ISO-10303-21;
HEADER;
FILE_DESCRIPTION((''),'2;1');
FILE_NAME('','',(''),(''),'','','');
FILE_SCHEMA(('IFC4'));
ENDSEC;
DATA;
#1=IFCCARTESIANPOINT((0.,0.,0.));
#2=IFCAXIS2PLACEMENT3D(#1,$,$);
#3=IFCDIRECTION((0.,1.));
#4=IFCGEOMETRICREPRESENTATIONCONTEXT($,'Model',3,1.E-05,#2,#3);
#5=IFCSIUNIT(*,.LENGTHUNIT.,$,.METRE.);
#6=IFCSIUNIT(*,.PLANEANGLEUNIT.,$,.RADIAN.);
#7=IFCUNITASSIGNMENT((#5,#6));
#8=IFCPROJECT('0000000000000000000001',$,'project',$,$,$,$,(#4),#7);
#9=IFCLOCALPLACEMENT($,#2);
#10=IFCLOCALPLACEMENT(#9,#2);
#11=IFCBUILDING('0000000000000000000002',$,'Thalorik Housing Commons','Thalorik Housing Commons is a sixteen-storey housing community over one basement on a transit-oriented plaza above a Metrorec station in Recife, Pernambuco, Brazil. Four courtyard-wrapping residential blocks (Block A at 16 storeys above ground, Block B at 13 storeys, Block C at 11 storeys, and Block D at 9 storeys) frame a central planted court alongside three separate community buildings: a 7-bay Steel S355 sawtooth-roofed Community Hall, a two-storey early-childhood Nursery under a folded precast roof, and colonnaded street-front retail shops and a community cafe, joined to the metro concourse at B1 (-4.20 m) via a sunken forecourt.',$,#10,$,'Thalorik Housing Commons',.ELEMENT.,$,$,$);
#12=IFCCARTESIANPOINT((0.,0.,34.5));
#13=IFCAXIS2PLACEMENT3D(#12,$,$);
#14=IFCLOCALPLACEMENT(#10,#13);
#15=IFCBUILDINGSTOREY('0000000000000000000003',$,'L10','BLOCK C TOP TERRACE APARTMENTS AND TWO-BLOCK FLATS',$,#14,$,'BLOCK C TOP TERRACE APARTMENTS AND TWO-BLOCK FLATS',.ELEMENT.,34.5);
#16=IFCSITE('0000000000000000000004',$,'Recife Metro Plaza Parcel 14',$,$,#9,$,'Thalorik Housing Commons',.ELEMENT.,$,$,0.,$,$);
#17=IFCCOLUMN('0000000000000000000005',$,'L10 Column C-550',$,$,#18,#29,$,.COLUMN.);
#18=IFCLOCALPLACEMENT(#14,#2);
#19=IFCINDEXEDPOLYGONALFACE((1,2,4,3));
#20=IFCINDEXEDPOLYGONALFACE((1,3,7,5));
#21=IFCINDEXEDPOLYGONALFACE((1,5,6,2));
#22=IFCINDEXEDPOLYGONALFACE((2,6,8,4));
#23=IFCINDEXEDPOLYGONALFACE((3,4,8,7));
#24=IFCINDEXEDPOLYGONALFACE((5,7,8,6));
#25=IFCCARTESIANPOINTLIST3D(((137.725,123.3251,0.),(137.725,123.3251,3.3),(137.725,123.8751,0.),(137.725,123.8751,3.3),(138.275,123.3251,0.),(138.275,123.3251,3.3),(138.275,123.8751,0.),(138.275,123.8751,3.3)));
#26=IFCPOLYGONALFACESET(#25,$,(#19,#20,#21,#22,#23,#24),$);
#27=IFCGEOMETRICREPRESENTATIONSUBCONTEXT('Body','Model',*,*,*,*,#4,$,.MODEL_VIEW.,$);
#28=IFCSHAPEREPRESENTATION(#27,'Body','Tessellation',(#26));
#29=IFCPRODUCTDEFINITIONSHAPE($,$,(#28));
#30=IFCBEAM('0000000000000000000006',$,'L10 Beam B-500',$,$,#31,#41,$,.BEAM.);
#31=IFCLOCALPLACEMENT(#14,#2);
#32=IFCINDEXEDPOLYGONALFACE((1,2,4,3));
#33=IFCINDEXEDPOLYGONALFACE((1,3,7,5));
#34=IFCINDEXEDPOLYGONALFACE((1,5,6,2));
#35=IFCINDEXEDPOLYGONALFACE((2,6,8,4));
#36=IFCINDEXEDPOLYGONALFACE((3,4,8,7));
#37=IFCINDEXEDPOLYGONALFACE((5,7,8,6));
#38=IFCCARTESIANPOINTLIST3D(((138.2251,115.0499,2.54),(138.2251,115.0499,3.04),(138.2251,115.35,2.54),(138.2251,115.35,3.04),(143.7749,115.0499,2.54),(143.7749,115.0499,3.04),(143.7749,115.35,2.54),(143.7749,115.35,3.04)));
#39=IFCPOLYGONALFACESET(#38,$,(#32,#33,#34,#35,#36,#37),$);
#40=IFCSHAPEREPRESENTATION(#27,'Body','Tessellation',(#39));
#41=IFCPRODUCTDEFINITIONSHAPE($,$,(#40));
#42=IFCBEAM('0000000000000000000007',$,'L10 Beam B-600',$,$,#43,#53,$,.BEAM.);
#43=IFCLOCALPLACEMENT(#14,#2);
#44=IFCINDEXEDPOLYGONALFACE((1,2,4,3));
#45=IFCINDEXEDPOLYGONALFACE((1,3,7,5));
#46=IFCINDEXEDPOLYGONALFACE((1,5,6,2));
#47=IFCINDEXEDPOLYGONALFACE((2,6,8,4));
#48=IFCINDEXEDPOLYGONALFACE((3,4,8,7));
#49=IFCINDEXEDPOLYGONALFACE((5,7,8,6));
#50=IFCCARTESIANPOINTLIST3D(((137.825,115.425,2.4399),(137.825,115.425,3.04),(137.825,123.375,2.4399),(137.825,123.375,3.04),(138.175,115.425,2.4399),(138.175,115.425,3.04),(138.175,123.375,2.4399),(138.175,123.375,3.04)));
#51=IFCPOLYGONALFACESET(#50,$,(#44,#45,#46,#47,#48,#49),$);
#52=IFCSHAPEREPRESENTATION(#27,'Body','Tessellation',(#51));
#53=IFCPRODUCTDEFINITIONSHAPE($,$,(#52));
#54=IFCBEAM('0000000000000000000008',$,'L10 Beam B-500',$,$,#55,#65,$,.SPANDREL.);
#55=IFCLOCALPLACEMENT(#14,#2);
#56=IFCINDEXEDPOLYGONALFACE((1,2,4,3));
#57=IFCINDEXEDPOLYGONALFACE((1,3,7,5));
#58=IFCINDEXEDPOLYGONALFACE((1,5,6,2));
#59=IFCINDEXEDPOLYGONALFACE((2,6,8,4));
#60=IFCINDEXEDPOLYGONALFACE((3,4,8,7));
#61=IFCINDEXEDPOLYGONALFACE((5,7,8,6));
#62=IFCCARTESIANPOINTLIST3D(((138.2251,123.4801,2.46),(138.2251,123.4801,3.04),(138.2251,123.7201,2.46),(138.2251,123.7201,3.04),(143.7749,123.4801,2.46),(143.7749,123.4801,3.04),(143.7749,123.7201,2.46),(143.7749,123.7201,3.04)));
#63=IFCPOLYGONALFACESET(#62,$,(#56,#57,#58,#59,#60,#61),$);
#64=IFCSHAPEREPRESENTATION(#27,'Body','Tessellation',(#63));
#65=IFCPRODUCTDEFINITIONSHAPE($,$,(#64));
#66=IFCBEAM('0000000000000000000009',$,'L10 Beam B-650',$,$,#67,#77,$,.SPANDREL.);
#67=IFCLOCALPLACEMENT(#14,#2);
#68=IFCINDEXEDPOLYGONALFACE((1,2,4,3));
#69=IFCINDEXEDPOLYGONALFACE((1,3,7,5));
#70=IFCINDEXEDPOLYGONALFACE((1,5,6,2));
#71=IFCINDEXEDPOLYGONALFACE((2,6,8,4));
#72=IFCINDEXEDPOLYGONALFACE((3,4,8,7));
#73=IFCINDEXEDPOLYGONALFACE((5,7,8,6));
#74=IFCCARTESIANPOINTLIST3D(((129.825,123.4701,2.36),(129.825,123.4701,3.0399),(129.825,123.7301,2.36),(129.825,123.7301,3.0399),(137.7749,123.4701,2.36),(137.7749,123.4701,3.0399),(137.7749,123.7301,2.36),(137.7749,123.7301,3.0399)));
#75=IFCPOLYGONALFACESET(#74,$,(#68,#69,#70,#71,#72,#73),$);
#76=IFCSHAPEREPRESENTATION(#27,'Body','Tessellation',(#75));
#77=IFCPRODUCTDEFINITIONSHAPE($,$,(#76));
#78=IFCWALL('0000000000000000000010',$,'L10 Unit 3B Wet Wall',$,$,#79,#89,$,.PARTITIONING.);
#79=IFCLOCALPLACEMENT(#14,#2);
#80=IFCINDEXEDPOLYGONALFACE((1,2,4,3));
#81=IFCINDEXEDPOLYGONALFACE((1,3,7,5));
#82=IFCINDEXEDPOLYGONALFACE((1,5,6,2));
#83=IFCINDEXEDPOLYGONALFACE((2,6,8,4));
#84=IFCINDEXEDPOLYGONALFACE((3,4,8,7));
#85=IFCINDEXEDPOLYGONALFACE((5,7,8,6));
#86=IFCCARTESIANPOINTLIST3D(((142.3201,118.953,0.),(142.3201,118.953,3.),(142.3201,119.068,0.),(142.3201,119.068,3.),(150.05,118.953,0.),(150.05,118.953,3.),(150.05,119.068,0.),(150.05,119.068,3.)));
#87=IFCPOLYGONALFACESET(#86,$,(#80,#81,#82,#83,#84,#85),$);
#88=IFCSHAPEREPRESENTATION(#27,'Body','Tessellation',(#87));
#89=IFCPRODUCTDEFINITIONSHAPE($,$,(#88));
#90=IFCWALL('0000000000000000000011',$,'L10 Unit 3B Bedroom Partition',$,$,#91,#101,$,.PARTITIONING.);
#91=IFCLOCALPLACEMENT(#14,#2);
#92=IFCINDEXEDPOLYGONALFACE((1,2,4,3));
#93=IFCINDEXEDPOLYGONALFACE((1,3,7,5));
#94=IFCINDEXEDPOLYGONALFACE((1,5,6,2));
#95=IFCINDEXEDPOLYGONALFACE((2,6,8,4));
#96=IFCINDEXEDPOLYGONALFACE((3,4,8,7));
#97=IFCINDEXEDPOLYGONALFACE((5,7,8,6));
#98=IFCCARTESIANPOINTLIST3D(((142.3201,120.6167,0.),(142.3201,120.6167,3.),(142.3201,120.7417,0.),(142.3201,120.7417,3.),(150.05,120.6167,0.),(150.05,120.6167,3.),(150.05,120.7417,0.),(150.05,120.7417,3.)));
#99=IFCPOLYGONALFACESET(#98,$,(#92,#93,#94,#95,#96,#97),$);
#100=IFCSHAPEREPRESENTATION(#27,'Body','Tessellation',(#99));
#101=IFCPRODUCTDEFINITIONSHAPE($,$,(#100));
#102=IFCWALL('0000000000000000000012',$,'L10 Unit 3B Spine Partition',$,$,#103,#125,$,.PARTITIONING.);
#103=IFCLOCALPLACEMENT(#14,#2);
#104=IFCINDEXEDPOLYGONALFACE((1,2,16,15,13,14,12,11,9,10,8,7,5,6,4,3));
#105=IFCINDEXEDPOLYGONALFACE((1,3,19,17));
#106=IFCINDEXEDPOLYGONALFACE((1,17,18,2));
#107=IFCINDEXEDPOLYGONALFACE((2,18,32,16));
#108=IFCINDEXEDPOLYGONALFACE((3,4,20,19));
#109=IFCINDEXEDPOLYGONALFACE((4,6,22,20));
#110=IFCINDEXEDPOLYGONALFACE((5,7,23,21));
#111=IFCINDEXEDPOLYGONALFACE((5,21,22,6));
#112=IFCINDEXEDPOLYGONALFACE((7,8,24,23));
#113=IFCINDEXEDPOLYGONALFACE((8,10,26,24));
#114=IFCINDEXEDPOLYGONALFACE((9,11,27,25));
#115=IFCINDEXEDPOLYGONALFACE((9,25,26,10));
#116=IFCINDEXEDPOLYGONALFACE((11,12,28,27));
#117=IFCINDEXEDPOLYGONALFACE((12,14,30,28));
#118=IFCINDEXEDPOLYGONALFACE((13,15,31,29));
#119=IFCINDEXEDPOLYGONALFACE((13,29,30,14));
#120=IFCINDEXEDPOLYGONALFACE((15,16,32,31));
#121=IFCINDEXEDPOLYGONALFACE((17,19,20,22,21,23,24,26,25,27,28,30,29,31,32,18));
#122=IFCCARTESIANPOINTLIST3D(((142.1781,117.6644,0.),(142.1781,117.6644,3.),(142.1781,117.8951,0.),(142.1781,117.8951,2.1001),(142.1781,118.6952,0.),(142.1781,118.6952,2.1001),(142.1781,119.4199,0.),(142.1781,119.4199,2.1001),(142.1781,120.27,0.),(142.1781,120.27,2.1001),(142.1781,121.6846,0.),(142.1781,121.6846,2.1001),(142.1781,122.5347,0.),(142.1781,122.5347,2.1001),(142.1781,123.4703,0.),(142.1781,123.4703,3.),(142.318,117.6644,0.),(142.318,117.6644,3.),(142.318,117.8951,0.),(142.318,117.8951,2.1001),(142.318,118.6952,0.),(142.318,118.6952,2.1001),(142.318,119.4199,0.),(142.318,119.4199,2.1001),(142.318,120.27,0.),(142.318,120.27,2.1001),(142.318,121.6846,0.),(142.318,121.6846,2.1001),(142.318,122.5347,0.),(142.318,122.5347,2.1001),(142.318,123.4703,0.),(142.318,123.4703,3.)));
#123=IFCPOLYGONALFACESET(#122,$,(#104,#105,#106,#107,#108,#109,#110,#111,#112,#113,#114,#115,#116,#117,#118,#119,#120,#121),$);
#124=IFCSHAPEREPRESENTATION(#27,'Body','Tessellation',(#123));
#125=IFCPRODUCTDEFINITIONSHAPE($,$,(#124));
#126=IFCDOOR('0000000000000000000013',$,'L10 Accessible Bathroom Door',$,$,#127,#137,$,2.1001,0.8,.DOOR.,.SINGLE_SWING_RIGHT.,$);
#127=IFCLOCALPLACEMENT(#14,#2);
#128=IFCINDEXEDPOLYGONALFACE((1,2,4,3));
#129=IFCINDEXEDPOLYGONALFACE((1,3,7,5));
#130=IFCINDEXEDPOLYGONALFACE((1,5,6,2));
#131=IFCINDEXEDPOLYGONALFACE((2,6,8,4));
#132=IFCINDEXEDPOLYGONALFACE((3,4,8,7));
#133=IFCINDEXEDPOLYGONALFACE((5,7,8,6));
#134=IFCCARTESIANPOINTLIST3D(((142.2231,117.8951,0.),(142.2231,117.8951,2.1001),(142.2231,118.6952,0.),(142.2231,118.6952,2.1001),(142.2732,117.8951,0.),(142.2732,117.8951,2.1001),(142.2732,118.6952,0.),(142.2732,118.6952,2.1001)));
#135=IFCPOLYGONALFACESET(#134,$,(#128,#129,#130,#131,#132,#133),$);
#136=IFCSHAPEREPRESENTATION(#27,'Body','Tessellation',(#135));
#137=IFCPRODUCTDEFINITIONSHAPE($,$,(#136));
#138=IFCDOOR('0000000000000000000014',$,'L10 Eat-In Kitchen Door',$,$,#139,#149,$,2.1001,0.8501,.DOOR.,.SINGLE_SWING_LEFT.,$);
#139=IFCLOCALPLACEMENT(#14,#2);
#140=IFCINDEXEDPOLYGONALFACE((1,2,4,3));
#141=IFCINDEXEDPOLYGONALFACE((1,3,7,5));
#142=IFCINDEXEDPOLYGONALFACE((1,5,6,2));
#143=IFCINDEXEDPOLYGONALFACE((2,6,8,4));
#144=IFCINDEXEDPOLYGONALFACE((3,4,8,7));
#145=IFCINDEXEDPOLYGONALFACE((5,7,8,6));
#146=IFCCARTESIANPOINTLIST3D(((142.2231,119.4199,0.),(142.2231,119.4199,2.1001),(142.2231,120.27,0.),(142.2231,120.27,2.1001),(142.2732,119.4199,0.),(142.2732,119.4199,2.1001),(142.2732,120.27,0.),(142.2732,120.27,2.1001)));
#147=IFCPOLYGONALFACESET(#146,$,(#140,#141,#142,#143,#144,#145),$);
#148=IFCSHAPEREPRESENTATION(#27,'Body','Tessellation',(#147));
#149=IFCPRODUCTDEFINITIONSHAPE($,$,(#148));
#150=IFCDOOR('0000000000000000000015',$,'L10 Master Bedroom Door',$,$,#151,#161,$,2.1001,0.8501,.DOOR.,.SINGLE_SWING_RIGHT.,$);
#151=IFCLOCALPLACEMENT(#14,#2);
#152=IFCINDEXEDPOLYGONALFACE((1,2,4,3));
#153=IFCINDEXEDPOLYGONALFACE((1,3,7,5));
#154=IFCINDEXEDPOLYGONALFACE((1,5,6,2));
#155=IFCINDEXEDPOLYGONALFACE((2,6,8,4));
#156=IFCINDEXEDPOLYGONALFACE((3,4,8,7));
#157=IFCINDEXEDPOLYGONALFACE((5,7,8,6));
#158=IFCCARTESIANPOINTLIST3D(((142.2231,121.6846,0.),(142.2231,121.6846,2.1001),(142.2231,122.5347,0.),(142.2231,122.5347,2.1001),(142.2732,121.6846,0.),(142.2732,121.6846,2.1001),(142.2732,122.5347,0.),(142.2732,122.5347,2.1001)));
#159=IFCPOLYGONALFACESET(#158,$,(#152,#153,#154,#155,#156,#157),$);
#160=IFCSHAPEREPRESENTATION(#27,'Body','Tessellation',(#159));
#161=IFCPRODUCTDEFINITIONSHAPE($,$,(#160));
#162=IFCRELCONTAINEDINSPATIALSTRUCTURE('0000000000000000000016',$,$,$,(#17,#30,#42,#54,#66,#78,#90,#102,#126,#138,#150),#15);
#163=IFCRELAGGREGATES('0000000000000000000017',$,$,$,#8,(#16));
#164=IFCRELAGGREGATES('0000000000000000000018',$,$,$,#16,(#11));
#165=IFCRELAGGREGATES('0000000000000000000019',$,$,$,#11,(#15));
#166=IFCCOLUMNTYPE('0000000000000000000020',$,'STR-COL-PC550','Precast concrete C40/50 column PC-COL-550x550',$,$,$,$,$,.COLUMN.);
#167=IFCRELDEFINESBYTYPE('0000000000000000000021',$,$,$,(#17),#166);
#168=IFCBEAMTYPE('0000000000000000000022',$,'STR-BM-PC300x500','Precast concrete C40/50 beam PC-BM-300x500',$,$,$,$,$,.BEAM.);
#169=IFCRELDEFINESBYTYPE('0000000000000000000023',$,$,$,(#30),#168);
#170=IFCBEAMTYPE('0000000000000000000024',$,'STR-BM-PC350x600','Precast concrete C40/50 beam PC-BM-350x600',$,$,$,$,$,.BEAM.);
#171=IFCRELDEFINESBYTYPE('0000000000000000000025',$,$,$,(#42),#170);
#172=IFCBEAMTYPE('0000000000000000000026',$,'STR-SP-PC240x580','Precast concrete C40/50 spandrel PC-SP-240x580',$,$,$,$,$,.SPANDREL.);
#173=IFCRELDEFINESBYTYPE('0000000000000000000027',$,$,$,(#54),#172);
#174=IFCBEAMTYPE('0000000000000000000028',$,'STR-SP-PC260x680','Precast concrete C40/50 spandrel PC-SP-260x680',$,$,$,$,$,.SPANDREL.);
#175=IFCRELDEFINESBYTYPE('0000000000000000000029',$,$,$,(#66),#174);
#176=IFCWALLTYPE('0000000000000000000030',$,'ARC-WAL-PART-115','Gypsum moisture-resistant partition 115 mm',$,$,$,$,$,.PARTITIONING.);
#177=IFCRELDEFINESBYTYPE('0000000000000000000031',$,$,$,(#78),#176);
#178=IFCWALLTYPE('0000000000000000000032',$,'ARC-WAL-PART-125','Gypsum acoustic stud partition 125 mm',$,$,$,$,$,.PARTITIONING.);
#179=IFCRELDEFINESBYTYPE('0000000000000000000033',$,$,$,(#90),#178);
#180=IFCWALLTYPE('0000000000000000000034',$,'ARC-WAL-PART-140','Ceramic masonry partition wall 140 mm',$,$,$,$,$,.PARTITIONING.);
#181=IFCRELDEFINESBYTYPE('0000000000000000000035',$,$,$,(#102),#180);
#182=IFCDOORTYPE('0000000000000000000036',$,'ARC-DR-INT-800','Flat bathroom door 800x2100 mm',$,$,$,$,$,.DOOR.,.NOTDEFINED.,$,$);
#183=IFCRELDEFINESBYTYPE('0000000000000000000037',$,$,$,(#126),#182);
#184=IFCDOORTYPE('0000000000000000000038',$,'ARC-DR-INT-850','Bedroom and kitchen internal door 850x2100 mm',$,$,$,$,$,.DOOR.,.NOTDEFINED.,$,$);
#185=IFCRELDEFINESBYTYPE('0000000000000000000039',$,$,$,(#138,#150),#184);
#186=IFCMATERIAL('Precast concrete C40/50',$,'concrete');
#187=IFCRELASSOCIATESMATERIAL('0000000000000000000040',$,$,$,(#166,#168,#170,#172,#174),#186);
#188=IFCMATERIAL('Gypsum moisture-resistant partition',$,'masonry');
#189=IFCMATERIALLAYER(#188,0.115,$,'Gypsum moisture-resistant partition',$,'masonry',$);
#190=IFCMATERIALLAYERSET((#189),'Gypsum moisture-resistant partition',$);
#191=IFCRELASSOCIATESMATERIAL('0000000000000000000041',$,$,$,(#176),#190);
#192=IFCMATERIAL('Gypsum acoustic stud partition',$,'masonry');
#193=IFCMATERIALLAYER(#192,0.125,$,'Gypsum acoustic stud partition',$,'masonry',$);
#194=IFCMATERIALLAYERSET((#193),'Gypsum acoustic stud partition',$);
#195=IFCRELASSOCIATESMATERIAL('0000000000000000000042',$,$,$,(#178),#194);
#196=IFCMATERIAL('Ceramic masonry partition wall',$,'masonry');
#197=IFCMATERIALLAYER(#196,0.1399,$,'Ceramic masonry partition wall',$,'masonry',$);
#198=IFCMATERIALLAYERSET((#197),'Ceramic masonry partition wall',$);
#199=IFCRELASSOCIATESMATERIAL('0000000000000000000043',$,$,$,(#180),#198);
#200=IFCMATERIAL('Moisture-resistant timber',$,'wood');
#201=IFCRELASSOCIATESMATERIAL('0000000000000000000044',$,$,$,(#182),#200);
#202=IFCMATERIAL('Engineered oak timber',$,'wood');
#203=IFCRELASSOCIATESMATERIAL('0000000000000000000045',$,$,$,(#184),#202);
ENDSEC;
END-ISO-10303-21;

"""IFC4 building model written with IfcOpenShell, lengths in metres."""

from ifc_helpers import new_model, si_unit, direction, frame, frame_2d, origin, origin_2d, place, context, subcontext, project, spatial, rectangle, extrude, material, layer, layer_set, material_profile, profile_set, type_object, element, fill, save


model = new_model("IFC4")

# Units and contexts
model_context = context("Model", 3, precision=1e-05, world=origin(), true_north=direction((0.0, 1.0)))
body_context = subcontext(model_context, "Body", "Model", "MODEL_VIEW")
ifc_project = project(units=[si_unit("LENGTHUNIT", "METRE"), si_unit("PLANEANGLEUNIT", "RADIAN")], contexts=[model_context])

# Site, building, storey
site_placement = place(None, origin())
site = spatial("IfcSite", under=ifc_project, at=site_placement, Name="Recife Metro Plaza Parcel 14", LongName="Thalorik Housing Commons", CompositionType="ELEMENT", RefElevation=0.0)
building_placement = place(site_placement, origin())
building = spatial("IfcBuilding", under=site, at=building_placement, Name="Thalorik Housing Commons", Description="Thalorik Housing Commons is a sixteen-storey housing community over one basement on a transit-oriented plaza above a Metrorec station in Recife, Pernambuco, Brazil. Four courtyard-wrapping residential blocks (Block A at 16 storeys above ground, Block B at 13 storeys, Block C at 11 storeys, and Block D at 9 storeys) frame a central planted court alongside three separate community buildings: a 7-bay Steel S355 sawtooth-roofed Community Hall, a two-storey early-childhood Nursery under a folded precast roof, and colonnaded street-front retail shops and a community cafe, joined to the metro concourse at B1 (-4.20 m) via a sunken forecourt.", LongName="Thalorik Housing Commons", CompositionType="ELEMENT")
storey_placement = place(building_placement, frame((0.0, 0.0, 34.5)))
storey = spatial("IfcBuildingStorey", under=building, at=storey_placement, Name="L10", Description="BLOCK C TOP TERRACE APARTMENTS AND TWO-BLOCK FLATS", LongName="BLOCK C TOP TERRACE APARTMENTS AND TWO-BLOCK FLATS", CompositionType="ELEMENT", Elevation=34.5)

# Column
ifc_material_1 = material(Name="Precast concrete C40/50", Category="concrete")
ifc_material_profile_1 = material_profile(ifc_material_1, rectangle(XDim=0.55, YDim=0.55, at=origin_2d()), Name="PC 550x550", Category="concrete")
ifc_profile_set_1 = profile_set([ifc_material_profile_1], Name="Precast concrete C40/50")
column_type = type_object("IfcColumnType", Name="STR-COL-PC550", Description="Precast concrete C40/50 column PC-COL-550x550", PredefinedType="COLUMN", material=ifc_profile_set_1)
column_placement = place(storey_placement, frame((138.0, 123.6001, 0.0), z_axis=(0.0, 0.0, 1.0), x_axis=(1.0, 0.0, 0.0)))
element("IfcColumn", 1, at=column_placement, inside=storey, type_object=column_type, Name="L10 Column C-550", PredefinedType="COLUMN", context=body_context, shape_type="SweptSolid", body=[
    extrude(rectangle(XDim=0.55, YDim=0.55, at=origin_2d()), origin(), (0.0, 0.0, 1.0), 3.3),
])

# Beams
ifc_material_profile_2 = material_profile(ifc_material_1, rectangle(XDim=0.3, YDim=0.5, at=origin_2d()), Name="PC 300x500", Category="concrete")
ifc_profile_set_2 = profile_set([ifc_material_profile_2], Name="Precast concrete C40/50")
beam_type_1 = type_object("IfcBeamType", Name="STR-BM-PC300x500", Description="Precast concrete C40/50 beam PC-BM-300x500", PredefinedType="BEAM", material=ifc_profile_set_2)
beam_1_placement = place(storey_placement, frame((138.2251, 115.2, 2.79), z_axis=(1.0, 0.0, 0.0), x_axis=(0.0, 1.0, 0.0)))
element("IfcBeam", 2, at=beam_1_placement, inside=storey, type_object=beam_type_1, Name="L10 Beam B-500", PredefinedType="BEAM", context=body_context, shape_type="SweptSolid", body=[
    extrude(rectangle(XDim=0.3, YDim=0.5, at=origin_2d()), origin(), (0.0, 0.0, 1.0), 5.5498),
])
ifc_material_profile_3 = material_profile(ifc_material_1, rectangle(XDim=0.3501, YDim=0.6001, at=origin_2d()), Name="PC 350x600", Category="concrete")
ifc_profile_set_3 = profile_set([ifc_material_profile_3], Name="Precast concrete C40/50")
beam_type_2 = type_object("IfcBeamType", Name="STR-BM-PC350x600", Description="Precast concrete C40/50 beam PC-BM-350x600", PredefinedType="BEAM", material=ifc_profile_set_3)
beam_2_placement = place(storey_placement, frame((138.0, 115.425, 2.74), z_axis=(0.0, 1.0, 0.0), x_axis=(-1.0, 0.0, 0.0)))
element("IfcBeam", 3, at=beam_2_placement, inside=storey, type_object=beam_type_2, Name="L10 Beam B-600", PredefinedType="BEAM", context=body_context, shape_type="SweptSolid", body=[
    extrude(rectangle(XDim=0.3501, YDim=0.6001, at=origin_2d()), origin(), (0.0, 0.0, 1.0), 7.95),
])
ifc_material_profile_4 = material_profile(ifc_material_1, rectangle(XDim=0.24, YDim=0.5801, at=origin_2d()), Name="PC SP 240x580", Category="concrete")
ifc_profile_set_4 = profile_set([ifc_material_profile_4], Name="Precast concrete C40/50")
beam_type_3 = type_object("IfcBeamType", Name="STR-SP-PC240x580", Description="Precast concrete C40/50 spandrel PC-SP-240x580", PredefinedType="SPANDREL", material=ifc_profile_set_4)
beam_3_placement = place(storey_placement, frame((138.2251, 123.6001, 2.75), z_axis=(1.0, 0.0, 0.0), x_axis=(0.0, 1.0, 0.0)))
element("IfcBeam", 4, at=beam_3_placement, inside=storey, type_object=beam_type_3, Name="L10 Beam B-500", PredefinedType="SPANDREL", context=body_context, shape_type="SweptSolid", body=[
    extrude(rectangle(XDim=0.24, YDim=0.5801, at=origin_2d()), origin(), (0.0, 0.0, 1.0), 5.5498),
])
ifc_material_profile_5 = material_profile(ifc_material_1, rectangle(XDim=0.26, YDim=0.6799, at=origin_2d()), Name="PC SP 260x680", Category="concrete")
ifc_profile_set_5 = profile_set([ifc_material_profile_5], Name="Precast concrete C40/50")
beam_type_4 = type_object("IfcBeamType", Name="STR-SP-PC260x680", Description="Precast concrete C40/50 spandrel PC-SP-260x680", PredefinedType="SPANDREL", material=ifc_profile_set_5)
beam_4_placement = place(storey_placement, frame((129.825, 123.6001, 2.7), z_axis=(1.0, 0.0, 0.0), x_axis=(0.0, 1.0, 0.0)))
element("IfcBeam", 5, at=beam_4_placement, inside=storey, type_object=beam_type_4, Name="L10 Beam B-650", PredefinedType="SPANDREL", context=body_context, shape_type="SweptSolid", body=[
    extrude(rectangle(XDim=0.26, YDim=0.6799, at=origin_2d()), origin(), (0.0, 0.0, 1.0), 7.95),
])

# Walls
ifc_material_2 = material(Name="Gypsum moisture-resistant partition", Category="masonry")
ifc_layer_1 = layer(ifc_material_2, 0.115, Name="Gypsum moisture-resistant partition", Category="masonry")
ifc_layer_set_1 = layer_set([ifc_layer_1], Name="Gypsum moisture-resistant partition")
wall_type_1 = type_object("IfcWallType", Name="ARC-WAL-PART-115", Description="Gypsum moisture-resistant partition 115 mm", PredefinedType="PARTITIONING", material=ifc_layer_set_1)
wall_1_placement = place(storey_placement, frame((142.3201, 119.0105, 0.0), z_axis=(0.0, 0.0, 1.0), x_axis=(1.0, 0.0, 0.0)))
element("IfcWall", 6, at=wall_1_placement, inside=storey, type_object=wall_type_1, Name="L10 Unit 3B Wet Wall", PredefinedType="PARTITIONING", context=body_context, shape_type="SweptSolid", body=[
    extrude(rectangle(XDim=7.73, YDim=0.115, at=frame_2d((3.865, 0.0))), origin(), (0.0, 0.0, 1.0), 3.0),
])
ifc_material_3 = material(Name="Gypsum acoustic stud partition", Category="masonry")
ifc_layer_2 = layer(ifc_material_3, 0.125, Name="Gypsum acoustic stud partition", Category="masonry")
ifc_layer_set_2 = layer_set([ifc_layer_2], Name="Gypsum acoustic stud partition")
wall_type_2 = type_object("IfcWallType", Name="ARC-WAL-PART-125", Description="Gypsum acoustic stud partition 125 mm", PredefinedType="PARTITIONING", material=ifc_layer_set_2)
wall_2_placement = place(storey_placement, frame((142.3201, 120.6792, 0.0), z_axis=(0.0, 0.0, 1.0), x_axis=(1.0, 0.0, 0.0)))
element("IfcWall", 7, at=wall_2_placement, inside=storey, type_object=wall_type_2, Name="L10 Unit 3B Bedroom Partition", PredefinedType="PARTITIONING", context=body_context, shape_type="SweptSolid", body=[
    extrude(rectangle(XDim=7.73, YDim=0.125, at=frame_2d((3.865, 0.0))), origin(), (0.0, 0.0, 1.0), 3.0),
])

# Wall, openings, doors
ifc_material_4 = material(Name="Ceramic masonry partition wall", Category="masonry")
ifc_layer_3 = layer(ifc_material_4, 0.1399, Name="Ceramic masonry partition wall", Category="masonry")
ifc_layer_set_3 = layer_set([ifc_layer_3], Name="Ceramic masonry partition wall")
wall_type_3 = type_object("IfcWallType", Name="ARC-WAL-PART-140", Description="Ceramic masonry partition wall 140 mm", PredefinedType="PARTITIONING", material=ifc_layer_set_3)
wall_3_placement = place(storey_placement, frame((142.248, 117.6646, 0.0), z_axis=(0.0, 0.0, 1.0), x_axis=(0.0, 1.0, 0.0)))
wall_3 = element("IfcWall", 8, at=wall_3_placement, inside=storey, type_object=wall_type_3, Name="L10 Unit 3B Spine Partition", PredefinedType="PARTITIONING", context=body_context, shape_type="SweptSolid", body=[
    extrude(rectangle(XDim=5.8059, YDim=0.1399, at=frame_2d((2.9028, 0.0))), origin(), (0.0, 0.0, 1.0), 3.0),
])
opening_1_placement = place(wall_3_placement, frame((0.2307, 0.0, 0.0)))
opening_1 = element("IfcOpeningElement", 9, at=opening_1_placement, cuts=wall_3, PredefinedType="OPENING", context=body_context, shape_type="SweptSolid", body=[
    extrude(rectangle(XDim=0.8, YDim=2.1001, at=frame_2d((0.3999, 1.05))), frame((0.0, 0.0801, 0.0), z_axis=(0.0, -1.0, 0.0), x_axis=(1.0, 0.0, 0.0)), (0.0, 0.0, 1.0), 0.1599),
])
opening_2_placement = place(wall_3_placement, frame((1.7554, 0.0, 0.0)))
opening_2 = element("IfcOpeningElement", 10, at=opening_2_placement, cuts=wall_3, PredefinedType="OPENING", context=body_context, shape_type="SweptSolid", body=[
    extrude(rectangle(XDim=0.8501, YDim=2.1001, at=frame_2d((0.425, 1.05))), frame((0.0, 0.0801, 0.0), z_axis=(0.0, -1.0, 0.0), x_axis=(1.0, 0.0, 0.0)), (0.0, 0.0, 1.0), 0.1599),
])
opening_3_placement = place(wall_3_placement, frame((4.02, 0.0, 0.0)))
opening_3 = element("IfcOpeningElement", 11, at=opening_3_placement, cuts=wall_3, PredefinedType="OPENING", context=body_context, shape_type="SweptSolid", body=[
    extrude(rectangle(XDim=0.8501, YDim=2.1001, at=frame_2d((0.425, 1.05))), frame((0.0, 0.0801, 0.0), z_axis=(0.0, -1.0, 0.0), x_axis=(1.0, 0.0, 0.0)), (0.0, 0.0, 1.0), 0.1599),
])
ifc_material_5 = material(Name="Moisture-resistant timber", Category="wood")
door_type_1 = type_object("IfcDoorType", Name="ARC-DR-INT-800", Description="Flat bathroom door 800x2100 mm", OperationType="NOTDEFINED", PredefinedType="DOOR", material=ifc_material_5)
door_1_placement = place(opening_1_placement, origin())
door_1 = element("IfcDoor", 12, at=door_1_placement, inside=storey, type_object=door_type_1, Name="L10 Accessible Bathroom Door", OperationType="SINGLE_SWING_RIGHT", OverallHeight=2.1001, OverallWidth=0.8, PredefinedType="DOOR", context=body_context, shape_type="SweptSolid", body=[
    extrude(rectangle(XDim=0.8, YDim=2.1001, at=frame_2d((0.3999, 1.05))), frame((0.0, 0.0249, 0.0), z_axis=(0.0, -1.0, 0.0), x_axis=(1.0, 0.0, 0.0)), (0.0, 0.0, 1.0), 0.05),
])
fill(opening_1, door_1)
ifc_material_6 = material(Name="Engineered oak timber", Category="wood")
door_type_2 = type_object("IfcDoorType", Name="ARC-DR-INT-850", Description="Bedroom and kitchen internal door 850x2100 mm", OperationType="NOTDEFINED", PredefinedType="DOOR", material=ifc_material_6)
door_2_placement = place(opening_2_placement, origin())
door_2 = element("IfcDoor", 13, at=door_2_placement, inside=storey, type_object=door_type_2, Name="L10 Eat-In Kitchen Door", OperationType="SINGLE_SWING_LEFT", OverallHeight=2.1001, OverallWidth=0.8501, PredefinedType="DOOR", context=body_context, shape_type="SweptSolid", body=[
    extrude(rectangle(XDim=0.8501, YDim=2.1001, at=frame_2d((0.425, 1.05))), frame((0.0, 0.0249, 0.0), z_axis=(0.0, -1.0, 0.0), x_axis=(1.0, 0.0, 0.0)), (0.0, 0.0, 1.0), 0.05),
])
fill(opening_2, door_2)
door_3_placement = place(opening_3_placement, origin())
door_3 = element("IfcDoor", 14, at=door_3_placement, inside=storey, type_object=door_type_2, Name="L10 Master Bedroom Door", OperationType="SINGLE_SWING_RIGHT", OverallHeight=2.1001, OverallWidth=0.8501, PredefinedType="DOOR", context=body_context, shape_type="SweptSolid", body=[
    extrude(rectangle(XDim=0.8501, YDim=2.1001, at=frame_2d((0.425, 1.05))), frame((0.0, 0.0249, 0.0), z_axis=(0.0, -1.0, 0.0), x_axis=(1.0, 0.0, 0.0)), (0.0, 0.0, 1.0), 0.05),
])
fill(opening_3, door_3)

save(model, "model.ifc")
